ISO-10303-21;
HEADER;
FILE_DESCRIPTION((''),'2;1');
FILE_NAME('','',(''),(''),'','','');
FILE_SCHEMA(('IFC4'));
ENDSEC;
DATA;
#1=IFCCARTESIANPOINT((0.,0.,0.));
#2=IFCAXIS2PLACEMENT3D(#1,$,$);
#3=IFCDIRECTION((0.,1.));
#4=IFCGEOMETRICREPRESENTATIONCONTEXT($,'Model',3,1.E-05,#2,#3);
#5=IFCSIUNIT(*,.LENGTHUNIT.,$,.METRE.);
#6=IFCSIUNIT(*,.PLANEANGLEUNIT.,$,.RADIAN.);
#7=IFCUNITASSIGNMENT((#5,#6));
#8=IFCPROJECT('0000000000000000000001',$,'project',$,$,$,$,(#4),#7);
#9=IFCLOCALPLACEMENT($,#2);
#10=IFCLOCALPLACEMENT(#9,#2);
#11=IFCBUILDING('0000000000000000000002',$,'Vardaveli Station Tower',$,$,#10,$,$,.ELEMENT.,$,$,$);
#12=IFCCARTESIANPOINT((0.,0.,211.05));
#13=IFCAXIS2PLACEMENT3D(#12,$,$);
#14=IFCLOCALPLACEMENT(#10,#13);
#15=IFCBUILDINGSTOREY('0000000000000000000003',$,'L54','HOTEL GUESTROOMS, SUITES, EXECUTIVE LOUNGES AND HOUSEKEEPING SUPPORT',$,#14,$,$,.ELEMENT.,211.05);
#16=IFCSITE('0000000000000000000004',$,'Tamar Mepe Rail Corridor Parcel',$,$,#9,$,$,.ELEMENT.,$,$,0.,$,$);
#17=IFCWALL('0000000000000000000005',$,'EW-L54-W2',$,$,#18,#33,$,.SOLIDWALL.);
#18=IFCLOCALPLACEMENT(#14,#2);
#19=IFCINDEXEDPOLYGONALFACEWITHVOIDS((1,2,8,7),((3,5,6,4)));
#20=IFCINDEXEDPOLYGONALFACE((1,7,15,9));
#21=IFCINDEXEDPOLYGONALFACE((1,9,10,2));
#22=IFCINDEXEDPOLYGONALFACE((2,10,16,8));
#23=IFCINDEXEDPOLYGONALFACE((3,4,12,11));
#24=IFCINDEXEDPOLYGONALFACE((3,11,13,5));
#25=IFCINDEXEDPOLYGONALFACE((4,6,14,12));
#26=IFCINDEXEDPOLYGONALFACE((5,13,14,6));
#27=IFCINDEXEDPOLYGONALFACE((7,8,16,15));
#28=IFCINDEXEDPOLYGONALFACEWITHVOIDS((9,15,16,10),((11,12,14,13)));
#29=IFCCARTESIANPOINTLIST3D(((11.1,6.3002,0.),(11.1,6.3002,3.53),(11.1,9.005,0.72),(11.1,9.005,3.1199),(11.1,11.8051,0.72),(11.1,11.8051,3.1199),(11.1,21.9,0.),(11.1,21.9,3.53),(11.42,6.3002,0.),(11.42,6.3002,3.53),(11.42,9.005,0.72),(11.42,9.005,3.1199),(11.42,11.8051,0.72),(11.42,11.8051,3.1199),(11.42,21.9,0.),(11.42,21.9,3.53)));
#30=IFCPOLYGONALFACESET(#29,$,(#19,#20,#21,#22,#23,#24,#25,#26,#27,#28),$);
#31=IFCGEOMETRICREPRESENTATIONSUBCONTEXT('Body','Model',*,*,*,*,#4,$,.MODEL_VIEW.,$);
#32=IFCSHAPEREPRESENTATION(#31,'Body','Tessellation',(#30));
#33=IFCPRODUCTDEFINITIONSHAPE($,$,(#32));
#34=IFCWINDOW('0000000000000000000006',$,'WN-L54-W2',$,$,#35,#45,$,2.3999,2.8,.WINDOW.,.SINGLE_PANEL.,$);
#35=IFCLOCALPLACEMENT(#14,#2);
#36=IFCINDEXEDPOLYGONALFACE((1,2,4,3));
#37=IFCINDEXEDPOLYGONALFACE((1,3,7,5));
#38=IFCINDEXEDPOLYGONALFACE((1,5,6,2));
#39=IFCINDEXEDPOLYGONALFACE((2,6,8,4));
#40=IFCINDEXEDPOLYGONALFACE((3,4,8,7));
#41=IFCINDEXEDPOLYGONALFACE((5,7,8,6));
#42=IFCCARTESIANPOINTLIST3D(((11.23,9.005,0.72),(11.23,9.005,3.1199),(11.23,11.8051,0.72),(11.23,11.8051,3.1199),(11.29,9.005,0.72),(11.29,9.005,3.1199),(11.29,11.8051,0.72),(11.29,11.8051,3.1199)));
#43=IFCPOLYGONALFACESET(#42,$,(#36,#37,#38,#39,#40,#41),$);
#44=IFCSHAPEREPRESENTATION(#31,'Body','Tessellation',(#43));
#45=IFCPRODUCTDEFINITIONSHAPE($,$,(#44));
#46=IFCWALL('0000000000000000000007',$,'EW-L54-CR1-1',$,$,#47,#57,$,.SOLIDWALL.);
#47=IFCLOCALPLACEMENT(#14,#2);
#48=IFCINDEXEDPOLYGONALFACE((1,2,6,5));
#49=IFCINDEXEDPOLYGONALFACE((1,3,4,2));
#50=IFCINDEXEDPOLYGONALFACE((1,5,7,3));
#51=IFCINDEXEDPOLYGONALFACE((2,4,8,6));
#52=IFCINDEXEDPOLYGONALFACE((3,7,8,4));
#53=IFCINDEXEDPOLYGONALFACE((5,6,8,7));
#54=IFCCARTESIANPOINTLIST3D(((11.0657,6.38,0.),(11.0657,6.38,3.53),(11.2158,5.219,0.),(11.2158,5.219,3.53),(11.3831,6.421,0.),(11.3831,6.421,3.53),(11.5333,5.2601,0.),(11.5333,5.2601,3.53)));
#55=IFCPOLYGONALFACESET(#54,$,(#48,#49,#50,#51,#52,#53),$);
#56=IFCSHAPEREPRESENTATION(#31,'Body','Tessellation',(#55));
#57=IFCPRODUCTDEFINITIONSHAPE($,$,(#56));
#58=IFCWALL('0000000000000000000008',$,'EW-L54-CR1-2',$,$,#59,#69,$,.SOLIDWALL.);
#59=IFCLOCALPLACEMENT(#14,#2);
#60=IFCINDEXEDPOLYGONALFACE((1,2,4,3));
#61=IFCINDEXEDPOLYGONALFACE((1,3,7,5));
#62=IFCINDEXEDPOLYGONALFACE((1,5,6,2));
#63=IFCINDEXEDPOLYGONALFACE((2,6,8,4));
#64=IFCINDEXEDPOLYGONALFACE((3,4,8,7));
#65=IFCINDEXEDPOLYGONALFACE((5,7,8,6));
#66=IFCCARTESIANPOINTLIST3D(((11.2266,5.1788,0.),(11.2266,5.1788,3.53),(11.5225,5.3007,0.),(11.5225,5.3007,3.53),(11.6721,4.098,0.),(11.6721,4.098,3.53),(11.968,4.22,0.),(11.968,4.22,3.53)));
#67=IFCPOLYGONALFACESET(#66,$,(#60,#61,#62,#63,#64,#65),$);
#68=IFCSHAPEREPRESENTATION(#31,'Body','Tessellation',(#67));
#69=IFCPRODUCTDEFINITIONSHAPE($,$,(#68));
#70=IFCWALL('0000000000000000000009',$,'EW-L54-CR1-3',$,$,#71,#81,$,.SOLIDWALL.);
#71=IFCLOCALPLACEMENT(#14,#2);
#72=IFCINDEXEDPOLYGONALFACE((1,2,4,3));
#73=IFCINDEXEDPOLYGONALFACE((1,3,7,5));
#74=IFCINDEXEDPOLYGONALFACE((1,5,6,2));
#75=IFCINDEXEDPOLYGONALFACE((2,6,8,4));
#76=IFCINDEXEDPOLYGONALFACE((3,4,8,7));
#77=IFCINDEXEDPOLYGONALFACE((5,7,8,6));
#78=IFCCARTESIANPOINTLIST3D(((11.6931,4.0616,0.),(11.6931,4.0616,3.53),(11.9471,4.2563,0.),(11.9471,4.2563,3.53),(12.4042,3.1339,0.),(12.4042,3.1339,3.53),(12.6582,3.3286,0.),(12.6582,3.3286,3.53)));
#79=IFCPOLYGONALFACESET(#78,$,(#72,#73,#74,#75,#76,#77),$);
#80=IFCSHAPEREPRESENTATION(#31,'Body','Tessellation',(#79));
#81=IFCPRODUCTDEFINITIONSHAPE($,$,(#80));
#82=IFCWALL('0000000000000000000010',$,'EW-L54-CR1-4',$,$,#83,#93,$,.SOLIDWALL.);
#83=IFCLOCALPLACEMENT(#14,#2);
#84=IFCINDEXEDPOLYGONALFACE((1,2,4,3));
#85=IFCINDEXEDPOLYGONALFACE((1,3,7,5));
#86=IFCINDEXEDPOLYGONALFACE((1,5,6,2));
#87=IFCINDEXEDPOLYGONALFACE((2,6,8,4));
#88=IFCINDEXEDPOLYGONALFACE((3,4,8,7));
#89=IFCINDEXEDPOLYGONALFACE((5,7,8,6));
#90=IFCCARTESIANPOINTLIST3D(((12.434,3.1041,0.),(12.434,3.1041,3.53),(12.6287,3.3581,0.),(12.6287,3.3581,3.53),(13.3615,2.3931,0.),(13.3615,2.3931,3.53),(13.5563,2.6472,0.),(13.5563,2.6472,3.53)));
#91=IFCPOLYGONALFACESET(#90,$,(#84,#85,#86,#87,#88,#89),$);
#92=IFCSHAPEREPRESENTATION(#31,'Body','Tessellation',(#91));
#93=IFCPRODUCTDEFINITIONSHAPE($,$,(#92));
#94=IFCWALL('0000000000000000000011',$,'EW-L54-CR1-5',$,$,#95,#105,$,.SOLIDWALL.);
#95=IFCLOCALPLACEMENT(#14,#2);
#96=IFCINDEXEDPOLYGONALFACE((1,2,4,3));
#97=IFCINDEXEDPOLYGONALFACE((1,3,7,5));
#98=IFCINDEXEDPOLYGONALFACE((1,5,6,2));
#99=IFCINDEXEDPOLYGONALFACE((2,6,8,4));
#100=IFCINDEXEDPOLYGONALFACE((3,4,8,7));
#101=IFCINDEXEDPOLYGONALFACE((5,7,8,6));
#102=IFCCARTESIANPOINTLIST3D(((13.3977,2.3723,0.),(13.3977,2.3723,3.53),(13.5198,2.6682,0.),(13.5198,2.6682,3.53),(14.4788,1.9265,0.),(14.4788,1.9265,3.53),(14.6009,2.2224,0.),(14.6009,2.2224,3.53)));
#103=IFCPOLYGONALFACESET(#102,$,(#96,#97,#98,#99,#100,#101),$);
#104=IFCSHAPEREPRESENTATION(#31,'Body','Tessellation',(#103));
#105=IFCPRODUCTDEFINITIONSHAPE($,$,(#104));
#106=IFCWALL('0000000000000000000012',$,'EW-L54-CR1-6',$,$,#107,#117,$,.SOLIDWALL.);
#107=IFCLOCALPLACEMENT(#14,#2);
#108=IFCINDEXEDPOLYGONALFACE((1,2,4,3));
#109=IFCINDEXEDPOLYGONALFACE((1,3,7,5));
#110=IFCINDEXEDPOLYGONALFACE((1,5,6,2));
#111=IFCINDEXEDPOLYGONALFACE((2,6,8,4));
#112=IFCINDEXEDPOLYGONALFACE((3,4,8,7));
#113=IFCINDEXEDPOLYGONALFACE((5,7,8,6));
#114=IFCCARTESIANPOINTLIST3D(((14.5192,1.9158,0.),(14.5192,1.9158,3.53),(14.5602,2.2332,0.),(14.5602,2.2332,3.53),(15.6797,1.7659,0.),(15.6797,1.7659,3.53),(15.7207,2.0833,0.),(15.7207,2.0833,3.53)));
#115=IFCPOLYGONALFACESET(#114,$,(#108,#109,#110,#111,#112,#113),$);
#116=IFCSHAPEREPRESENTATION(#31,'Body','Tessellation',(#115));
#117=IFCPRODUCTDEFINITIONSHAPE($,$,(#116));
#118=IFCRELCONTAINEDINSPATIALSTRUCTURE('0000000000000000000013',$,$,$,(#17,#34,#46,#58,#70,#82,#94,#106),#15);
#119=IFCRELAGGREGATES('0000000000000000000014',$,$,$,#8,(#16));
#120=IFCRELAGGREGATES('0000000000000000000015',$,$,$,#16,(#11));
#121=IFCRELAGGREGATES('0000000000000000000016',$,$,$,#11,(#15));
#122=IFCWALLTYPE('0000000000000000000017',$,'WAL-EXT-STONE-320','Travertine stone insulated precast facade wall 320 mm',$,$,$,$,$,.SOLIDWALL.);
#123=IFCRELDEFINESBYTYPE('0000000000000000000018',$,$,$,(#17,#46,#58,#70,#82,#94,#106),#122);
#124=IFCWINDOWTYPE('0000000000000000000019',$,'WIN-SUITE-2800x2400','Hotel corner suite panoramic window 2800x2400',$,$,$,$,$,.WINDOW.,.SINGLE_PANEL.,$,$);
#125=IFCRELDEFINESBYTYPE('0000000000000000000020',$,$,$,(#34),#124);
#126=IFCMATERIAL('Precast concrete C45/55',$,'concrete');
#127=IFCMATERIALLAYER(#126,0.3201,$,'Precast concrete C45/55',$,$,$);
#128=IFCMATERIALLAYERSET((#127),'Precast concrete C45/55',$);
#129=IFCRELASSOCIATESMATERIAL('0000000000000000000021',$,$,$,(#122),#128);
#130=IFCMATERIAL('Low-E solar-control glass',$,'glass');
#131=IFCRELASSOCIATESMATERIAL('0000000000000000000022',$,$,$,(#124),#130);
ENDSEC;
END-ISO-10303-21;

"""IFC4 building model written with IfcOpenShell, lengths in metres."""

from ifc_helpers import new_model, si_unit, direction, frame, frame_2d, origin, place, context, subcontext, project, spatial, rectangle, extrude, source, transform, mapped, material, layer, layer_set, type_object, element, fill, save


model = new_model("IFC4")

# Units and contexts
model_context = context("Model", 3, precision=1e-05, world=origin(), true_north=direction((0.0, 1.0)))
body_context = subcontext(model_context, "Body", "Model", "MODEL_VIEW")
ifc_project = project(units=[si_unit("LENGTHUNIT", "METRE"), si_unit("PLANEANGLEUNIT", "RADIAN")], contexts=[model_context])

# Site, building, storey
site_placement = place(None, origin())
site = spatial("IfcSite", under=ifc_project, at=site_placement, Name="Tamar Mepe Rail Corridor Parcel", CompositionType="ELEMENT", RefElevation=0.0)
building_placement = place(site_placement, origin())
building = spatial("IfcBuilding", under=site, at=building_placement, Name="Vardaveli Station Tower", CompositionType="ELEMENT")
storey_placement = place(building_placement, frame((0.0, 0.0, 211.05)))
storey = spatial("IfcBuildingStorey", under=building, at=storey_placement, Name="L54", Description="HOTEL GUESTROOMS, SUITES, EXECUTIVE LOUNGES AND HOUSEKEEPING SUPPORT", CompositionType="ELEMENT", Elevation=211.05)

# Shared definitions
ifc_material_1 = material(Name="Precast concrete C45/55", Category="concrete")

# Wall, opening, window
ifc_layer_1 = layer(ifc_material_1, 0.3201, Name="Precast concrete C45/55")
ifc_layer_set_1 = layer_set([ifc_layer_1], Name="Precast concrete C45/55")
wall_type_1 = type_object("IfcWallType", Name="WAL-EXT-STONE-320", Description="Travertine stone insulated precast facade wall 320 mm", PredefinedType="SOLIDWALL", material=ifc_layer_set_1)
shared_shape_1 = source(origin(), body_context, "Body", "SweptSolid", [
    extrude(rectangle(XDim=15.5999, YDim=0.3201, at=frame_2d((7.7998, 0.0))), origin(), (0.0, 0.0, 1.0), 3.53),
])
wall_1_placement = place(storey_placement, frame((11.26, 21.8999, 0.0), z_axis=(0.0, 0.0, 1.0), x_axis=(0.0, -1.0, 0.0)))
wall_1 = element("IfcWall", 1, at=wall_1_placement, inside=storey, type_object=wall_type_1, Name="EW-L54-W2", PredefinedType="SOLIDWALL", context=body_context, shape_type="MappedRepresentation", body=[
    mapped(shared_shape_1, transform((0.0, 0.0, 0.0), scale=1.0)),
])
shared_shape_2 = source(origin(), body_context, "Body", "SweptSolid", [
    extrude(rectangle(XDim=2.8, YDim=2.3999, at=frame_2d((1.3999, 1.2))), frame((0.0, 0.1699, 0.0), z_axis=(0.0, -1.0, 0.0), x_axis=(1.0, 0.0, 0.0)), (0.0, 0.0, 1.0), 0.3401),
])
opening_1_placement = place(wall_1_placement, frame((10.095, 0.0, 0.72)))
opening_1 = element("IfcOpeningElement", 2, at=opening_1_placement, cuts=wall_1, PredefinedType="OPENING", context=body_context, shape_type="MappedRepresentation", body=[
    mapped(shared_shape_2, transform((0.0, 0.0, 0.0), scale=1.0)),
])
ifc_material_2 = material(Name="Low-E solar-control glass", Category="glass")
window_type = type_object("IfcWindowType", Name="WIN-SUITE-2800x2400", Description="Hotel corner suite panoramic window 2800x2400", PartitioningType="SINGLE_PANEL", PredefinedType="WINDOW", material=ifc_material_2)
shared_shape_3 = source(origin(), body_context, "Body", "SweptSolid", [
    extrude(rectangle(XDim=2.8, YDim=2.3999, at=frame_2d((1.3999, 1.2))), frame((0.0, 0.03, 0.0), z_axis=(0.0, -1.0, 0.0), x_axis=(1.0, 0.0, 0.0)), (0.0, 0.0, 1.0), 0.0601),
])
window_placement = place(opening_1_placement, origin())
window = element("IfcWindow", 3, at=window_placement, inside=storey, type_object=window_type, Name="WN-L54-W2", OverallHeight=2.3999, OverallWidth=2.8, PartitioningType="SINGLE_PANEL", PredefinedType="WINDOW", context=body_context, shape_type="MappedRepresentation", body=[
    mapped(shared_shape_3, transform((0.0, 0.0, 0.0), scale=1.0)),
])
fill(opening_1, window)

# Walls
shared_shape_4 = source(origin(), body_context, "Body", "SweptSolid", [
    extrude(rectangle(XDim=1.1707, YDim=0.3201, at=frame_2d((0.5854, 0.0))), origin(), (0.0, 0.0, 1.0), 3.53),
])
wall_2_placement = place(storey_placement, frame((11.2244, 6.4006, 0.0), z_axis=(0.0, 0.0, 1.0), x_axis=(0.128269, -0.991739, 0.0)))
element("IfcWall", 4, at=wall_2_placement, inside=storey, type_object=wall_type_1, Name="EW-L54-CR1-1", PredefinedType="SOLIDWALL", context=body_context, shape_type="MappedRepresentation", body=[
    mapped(shared_shape_4, transform((0.0, 0.0, 0.0), scale=1.0)),
])
shared_shape_5 = source(origin(), body_context, "Body", "SweptSolid", [
    extrude(rectangle(XDim=1.1689, YDim=0.3201, at=frame_2d((0.5845, 0.0))), origin(), (0.0, 0.0, 1.0), 3.53),
])
for number, where, z_axis, x_axis, name in (
    (5, (11.3745, 5.2397, 0.0), (0.0, 0.0, 1.0), (0.381128, -0.924522, 0.0), "EW-L54-CR1-2"),
    (6, (11.8201, 4.1589, 0.0), (0.0, 0.0, 1.0), (0.608388, -0.79364, 0.0), "EW-L54-CR1-3"),
):
    element("IfcWall", number, at=place(storey_placement, frame(where, z_axis=z_axis, x_axis=x_axis)), inside=storey, type_object=wall_type_1, Name=name, PredefinedType="SOLIDWALL", context=body_context, shape_type="MappedRepresentation", body=[
        mapped(shared_shape_5, transform((0.0, 0.0, 0.0), scale=1.0)),
    ])
shared_shape_6 = source(origin(), body_context, "Body", "SweptSolid", [
    extrude(rectangle(XDim=1.1687, YDim=0.3201, at=frame_2d((0.5845, 0.0))), origin(), (0.0, 0.0, 1.0), 3.53),
])
wall_3_placement = place(storey_placement, frame((12.5312, 3.2312, 0.0), z_axis=(0.0, 0.0, 1.0), x_axis=(0.793664, -0.608357, 0.0)))
element("IfcWall", 7, at=wall_3_placement, inside=storey, type_object=wall_type_1, Name="EW-L54-CR1-4", PredefinedType="SOLIDWALL", context=body_context, shape_type="MappedRepresentation", body=[
    mapped(shared_shape_6, transform((0.0, 0.0, 0.0), scale=1.0)),
])
shared_shape_7 = source(origin(), body_context, "Body", "SweptSolid", [
    extrude(rectangle(XDim=1.1694, YDim=0.3201, at=frame_2d((0.5847, 0.0))), origin(), (0.0, 0.0, 1.0), 3.53),
])
wall_4_placement = place(storey_placement, frame((13.4587, 2.5203, 0.0), z_axis=(0.0, 0.0, 1.0), x_axis=(0.924479, -0.381233, 0.0)))
element("IfcWall", 8, at=wall_4_placement, inside=storey, type_object=wall_type_1, Name="EW-L54-CR1-5", PredefinedType="SOLIDWALL", context=body_context, shape_type="MappedRepresentation", body=[
    mapped(shared_shape_7, transform((0.0, 0.0, 0.0), scale=1.0)),
])
shared_shape_8 = source(origin(), body_context, "Body", "SweptSolid", [
    extrude(rectangle(XDim=1.1702, YDim=0.3201, at=frame_2d((0.585, 0.0))), origin(), (0.0, 0.0, 1.0), 3.53),
])
wall_5_placement = place(storey_placement, frame((14.5398, 2.0745, 0.0), z_axis=(0.0, 0.0, 1.0), x_axis=(0.991762, -0.12809, 0.0)))
element("IfcWall", 9, at=wall_5_placement, inside=storey, type_object=wall_type_1, Name="EW-L54-CR1-6", PredefinedType="SOLIDWALL", context=body_context, shape_type="MappedRepresentation", body=[
    mapped(shared_shape_8, transform((0.0, 0.0, 0.0), scale=1.0)),
])

save(model, "model.ifc")
